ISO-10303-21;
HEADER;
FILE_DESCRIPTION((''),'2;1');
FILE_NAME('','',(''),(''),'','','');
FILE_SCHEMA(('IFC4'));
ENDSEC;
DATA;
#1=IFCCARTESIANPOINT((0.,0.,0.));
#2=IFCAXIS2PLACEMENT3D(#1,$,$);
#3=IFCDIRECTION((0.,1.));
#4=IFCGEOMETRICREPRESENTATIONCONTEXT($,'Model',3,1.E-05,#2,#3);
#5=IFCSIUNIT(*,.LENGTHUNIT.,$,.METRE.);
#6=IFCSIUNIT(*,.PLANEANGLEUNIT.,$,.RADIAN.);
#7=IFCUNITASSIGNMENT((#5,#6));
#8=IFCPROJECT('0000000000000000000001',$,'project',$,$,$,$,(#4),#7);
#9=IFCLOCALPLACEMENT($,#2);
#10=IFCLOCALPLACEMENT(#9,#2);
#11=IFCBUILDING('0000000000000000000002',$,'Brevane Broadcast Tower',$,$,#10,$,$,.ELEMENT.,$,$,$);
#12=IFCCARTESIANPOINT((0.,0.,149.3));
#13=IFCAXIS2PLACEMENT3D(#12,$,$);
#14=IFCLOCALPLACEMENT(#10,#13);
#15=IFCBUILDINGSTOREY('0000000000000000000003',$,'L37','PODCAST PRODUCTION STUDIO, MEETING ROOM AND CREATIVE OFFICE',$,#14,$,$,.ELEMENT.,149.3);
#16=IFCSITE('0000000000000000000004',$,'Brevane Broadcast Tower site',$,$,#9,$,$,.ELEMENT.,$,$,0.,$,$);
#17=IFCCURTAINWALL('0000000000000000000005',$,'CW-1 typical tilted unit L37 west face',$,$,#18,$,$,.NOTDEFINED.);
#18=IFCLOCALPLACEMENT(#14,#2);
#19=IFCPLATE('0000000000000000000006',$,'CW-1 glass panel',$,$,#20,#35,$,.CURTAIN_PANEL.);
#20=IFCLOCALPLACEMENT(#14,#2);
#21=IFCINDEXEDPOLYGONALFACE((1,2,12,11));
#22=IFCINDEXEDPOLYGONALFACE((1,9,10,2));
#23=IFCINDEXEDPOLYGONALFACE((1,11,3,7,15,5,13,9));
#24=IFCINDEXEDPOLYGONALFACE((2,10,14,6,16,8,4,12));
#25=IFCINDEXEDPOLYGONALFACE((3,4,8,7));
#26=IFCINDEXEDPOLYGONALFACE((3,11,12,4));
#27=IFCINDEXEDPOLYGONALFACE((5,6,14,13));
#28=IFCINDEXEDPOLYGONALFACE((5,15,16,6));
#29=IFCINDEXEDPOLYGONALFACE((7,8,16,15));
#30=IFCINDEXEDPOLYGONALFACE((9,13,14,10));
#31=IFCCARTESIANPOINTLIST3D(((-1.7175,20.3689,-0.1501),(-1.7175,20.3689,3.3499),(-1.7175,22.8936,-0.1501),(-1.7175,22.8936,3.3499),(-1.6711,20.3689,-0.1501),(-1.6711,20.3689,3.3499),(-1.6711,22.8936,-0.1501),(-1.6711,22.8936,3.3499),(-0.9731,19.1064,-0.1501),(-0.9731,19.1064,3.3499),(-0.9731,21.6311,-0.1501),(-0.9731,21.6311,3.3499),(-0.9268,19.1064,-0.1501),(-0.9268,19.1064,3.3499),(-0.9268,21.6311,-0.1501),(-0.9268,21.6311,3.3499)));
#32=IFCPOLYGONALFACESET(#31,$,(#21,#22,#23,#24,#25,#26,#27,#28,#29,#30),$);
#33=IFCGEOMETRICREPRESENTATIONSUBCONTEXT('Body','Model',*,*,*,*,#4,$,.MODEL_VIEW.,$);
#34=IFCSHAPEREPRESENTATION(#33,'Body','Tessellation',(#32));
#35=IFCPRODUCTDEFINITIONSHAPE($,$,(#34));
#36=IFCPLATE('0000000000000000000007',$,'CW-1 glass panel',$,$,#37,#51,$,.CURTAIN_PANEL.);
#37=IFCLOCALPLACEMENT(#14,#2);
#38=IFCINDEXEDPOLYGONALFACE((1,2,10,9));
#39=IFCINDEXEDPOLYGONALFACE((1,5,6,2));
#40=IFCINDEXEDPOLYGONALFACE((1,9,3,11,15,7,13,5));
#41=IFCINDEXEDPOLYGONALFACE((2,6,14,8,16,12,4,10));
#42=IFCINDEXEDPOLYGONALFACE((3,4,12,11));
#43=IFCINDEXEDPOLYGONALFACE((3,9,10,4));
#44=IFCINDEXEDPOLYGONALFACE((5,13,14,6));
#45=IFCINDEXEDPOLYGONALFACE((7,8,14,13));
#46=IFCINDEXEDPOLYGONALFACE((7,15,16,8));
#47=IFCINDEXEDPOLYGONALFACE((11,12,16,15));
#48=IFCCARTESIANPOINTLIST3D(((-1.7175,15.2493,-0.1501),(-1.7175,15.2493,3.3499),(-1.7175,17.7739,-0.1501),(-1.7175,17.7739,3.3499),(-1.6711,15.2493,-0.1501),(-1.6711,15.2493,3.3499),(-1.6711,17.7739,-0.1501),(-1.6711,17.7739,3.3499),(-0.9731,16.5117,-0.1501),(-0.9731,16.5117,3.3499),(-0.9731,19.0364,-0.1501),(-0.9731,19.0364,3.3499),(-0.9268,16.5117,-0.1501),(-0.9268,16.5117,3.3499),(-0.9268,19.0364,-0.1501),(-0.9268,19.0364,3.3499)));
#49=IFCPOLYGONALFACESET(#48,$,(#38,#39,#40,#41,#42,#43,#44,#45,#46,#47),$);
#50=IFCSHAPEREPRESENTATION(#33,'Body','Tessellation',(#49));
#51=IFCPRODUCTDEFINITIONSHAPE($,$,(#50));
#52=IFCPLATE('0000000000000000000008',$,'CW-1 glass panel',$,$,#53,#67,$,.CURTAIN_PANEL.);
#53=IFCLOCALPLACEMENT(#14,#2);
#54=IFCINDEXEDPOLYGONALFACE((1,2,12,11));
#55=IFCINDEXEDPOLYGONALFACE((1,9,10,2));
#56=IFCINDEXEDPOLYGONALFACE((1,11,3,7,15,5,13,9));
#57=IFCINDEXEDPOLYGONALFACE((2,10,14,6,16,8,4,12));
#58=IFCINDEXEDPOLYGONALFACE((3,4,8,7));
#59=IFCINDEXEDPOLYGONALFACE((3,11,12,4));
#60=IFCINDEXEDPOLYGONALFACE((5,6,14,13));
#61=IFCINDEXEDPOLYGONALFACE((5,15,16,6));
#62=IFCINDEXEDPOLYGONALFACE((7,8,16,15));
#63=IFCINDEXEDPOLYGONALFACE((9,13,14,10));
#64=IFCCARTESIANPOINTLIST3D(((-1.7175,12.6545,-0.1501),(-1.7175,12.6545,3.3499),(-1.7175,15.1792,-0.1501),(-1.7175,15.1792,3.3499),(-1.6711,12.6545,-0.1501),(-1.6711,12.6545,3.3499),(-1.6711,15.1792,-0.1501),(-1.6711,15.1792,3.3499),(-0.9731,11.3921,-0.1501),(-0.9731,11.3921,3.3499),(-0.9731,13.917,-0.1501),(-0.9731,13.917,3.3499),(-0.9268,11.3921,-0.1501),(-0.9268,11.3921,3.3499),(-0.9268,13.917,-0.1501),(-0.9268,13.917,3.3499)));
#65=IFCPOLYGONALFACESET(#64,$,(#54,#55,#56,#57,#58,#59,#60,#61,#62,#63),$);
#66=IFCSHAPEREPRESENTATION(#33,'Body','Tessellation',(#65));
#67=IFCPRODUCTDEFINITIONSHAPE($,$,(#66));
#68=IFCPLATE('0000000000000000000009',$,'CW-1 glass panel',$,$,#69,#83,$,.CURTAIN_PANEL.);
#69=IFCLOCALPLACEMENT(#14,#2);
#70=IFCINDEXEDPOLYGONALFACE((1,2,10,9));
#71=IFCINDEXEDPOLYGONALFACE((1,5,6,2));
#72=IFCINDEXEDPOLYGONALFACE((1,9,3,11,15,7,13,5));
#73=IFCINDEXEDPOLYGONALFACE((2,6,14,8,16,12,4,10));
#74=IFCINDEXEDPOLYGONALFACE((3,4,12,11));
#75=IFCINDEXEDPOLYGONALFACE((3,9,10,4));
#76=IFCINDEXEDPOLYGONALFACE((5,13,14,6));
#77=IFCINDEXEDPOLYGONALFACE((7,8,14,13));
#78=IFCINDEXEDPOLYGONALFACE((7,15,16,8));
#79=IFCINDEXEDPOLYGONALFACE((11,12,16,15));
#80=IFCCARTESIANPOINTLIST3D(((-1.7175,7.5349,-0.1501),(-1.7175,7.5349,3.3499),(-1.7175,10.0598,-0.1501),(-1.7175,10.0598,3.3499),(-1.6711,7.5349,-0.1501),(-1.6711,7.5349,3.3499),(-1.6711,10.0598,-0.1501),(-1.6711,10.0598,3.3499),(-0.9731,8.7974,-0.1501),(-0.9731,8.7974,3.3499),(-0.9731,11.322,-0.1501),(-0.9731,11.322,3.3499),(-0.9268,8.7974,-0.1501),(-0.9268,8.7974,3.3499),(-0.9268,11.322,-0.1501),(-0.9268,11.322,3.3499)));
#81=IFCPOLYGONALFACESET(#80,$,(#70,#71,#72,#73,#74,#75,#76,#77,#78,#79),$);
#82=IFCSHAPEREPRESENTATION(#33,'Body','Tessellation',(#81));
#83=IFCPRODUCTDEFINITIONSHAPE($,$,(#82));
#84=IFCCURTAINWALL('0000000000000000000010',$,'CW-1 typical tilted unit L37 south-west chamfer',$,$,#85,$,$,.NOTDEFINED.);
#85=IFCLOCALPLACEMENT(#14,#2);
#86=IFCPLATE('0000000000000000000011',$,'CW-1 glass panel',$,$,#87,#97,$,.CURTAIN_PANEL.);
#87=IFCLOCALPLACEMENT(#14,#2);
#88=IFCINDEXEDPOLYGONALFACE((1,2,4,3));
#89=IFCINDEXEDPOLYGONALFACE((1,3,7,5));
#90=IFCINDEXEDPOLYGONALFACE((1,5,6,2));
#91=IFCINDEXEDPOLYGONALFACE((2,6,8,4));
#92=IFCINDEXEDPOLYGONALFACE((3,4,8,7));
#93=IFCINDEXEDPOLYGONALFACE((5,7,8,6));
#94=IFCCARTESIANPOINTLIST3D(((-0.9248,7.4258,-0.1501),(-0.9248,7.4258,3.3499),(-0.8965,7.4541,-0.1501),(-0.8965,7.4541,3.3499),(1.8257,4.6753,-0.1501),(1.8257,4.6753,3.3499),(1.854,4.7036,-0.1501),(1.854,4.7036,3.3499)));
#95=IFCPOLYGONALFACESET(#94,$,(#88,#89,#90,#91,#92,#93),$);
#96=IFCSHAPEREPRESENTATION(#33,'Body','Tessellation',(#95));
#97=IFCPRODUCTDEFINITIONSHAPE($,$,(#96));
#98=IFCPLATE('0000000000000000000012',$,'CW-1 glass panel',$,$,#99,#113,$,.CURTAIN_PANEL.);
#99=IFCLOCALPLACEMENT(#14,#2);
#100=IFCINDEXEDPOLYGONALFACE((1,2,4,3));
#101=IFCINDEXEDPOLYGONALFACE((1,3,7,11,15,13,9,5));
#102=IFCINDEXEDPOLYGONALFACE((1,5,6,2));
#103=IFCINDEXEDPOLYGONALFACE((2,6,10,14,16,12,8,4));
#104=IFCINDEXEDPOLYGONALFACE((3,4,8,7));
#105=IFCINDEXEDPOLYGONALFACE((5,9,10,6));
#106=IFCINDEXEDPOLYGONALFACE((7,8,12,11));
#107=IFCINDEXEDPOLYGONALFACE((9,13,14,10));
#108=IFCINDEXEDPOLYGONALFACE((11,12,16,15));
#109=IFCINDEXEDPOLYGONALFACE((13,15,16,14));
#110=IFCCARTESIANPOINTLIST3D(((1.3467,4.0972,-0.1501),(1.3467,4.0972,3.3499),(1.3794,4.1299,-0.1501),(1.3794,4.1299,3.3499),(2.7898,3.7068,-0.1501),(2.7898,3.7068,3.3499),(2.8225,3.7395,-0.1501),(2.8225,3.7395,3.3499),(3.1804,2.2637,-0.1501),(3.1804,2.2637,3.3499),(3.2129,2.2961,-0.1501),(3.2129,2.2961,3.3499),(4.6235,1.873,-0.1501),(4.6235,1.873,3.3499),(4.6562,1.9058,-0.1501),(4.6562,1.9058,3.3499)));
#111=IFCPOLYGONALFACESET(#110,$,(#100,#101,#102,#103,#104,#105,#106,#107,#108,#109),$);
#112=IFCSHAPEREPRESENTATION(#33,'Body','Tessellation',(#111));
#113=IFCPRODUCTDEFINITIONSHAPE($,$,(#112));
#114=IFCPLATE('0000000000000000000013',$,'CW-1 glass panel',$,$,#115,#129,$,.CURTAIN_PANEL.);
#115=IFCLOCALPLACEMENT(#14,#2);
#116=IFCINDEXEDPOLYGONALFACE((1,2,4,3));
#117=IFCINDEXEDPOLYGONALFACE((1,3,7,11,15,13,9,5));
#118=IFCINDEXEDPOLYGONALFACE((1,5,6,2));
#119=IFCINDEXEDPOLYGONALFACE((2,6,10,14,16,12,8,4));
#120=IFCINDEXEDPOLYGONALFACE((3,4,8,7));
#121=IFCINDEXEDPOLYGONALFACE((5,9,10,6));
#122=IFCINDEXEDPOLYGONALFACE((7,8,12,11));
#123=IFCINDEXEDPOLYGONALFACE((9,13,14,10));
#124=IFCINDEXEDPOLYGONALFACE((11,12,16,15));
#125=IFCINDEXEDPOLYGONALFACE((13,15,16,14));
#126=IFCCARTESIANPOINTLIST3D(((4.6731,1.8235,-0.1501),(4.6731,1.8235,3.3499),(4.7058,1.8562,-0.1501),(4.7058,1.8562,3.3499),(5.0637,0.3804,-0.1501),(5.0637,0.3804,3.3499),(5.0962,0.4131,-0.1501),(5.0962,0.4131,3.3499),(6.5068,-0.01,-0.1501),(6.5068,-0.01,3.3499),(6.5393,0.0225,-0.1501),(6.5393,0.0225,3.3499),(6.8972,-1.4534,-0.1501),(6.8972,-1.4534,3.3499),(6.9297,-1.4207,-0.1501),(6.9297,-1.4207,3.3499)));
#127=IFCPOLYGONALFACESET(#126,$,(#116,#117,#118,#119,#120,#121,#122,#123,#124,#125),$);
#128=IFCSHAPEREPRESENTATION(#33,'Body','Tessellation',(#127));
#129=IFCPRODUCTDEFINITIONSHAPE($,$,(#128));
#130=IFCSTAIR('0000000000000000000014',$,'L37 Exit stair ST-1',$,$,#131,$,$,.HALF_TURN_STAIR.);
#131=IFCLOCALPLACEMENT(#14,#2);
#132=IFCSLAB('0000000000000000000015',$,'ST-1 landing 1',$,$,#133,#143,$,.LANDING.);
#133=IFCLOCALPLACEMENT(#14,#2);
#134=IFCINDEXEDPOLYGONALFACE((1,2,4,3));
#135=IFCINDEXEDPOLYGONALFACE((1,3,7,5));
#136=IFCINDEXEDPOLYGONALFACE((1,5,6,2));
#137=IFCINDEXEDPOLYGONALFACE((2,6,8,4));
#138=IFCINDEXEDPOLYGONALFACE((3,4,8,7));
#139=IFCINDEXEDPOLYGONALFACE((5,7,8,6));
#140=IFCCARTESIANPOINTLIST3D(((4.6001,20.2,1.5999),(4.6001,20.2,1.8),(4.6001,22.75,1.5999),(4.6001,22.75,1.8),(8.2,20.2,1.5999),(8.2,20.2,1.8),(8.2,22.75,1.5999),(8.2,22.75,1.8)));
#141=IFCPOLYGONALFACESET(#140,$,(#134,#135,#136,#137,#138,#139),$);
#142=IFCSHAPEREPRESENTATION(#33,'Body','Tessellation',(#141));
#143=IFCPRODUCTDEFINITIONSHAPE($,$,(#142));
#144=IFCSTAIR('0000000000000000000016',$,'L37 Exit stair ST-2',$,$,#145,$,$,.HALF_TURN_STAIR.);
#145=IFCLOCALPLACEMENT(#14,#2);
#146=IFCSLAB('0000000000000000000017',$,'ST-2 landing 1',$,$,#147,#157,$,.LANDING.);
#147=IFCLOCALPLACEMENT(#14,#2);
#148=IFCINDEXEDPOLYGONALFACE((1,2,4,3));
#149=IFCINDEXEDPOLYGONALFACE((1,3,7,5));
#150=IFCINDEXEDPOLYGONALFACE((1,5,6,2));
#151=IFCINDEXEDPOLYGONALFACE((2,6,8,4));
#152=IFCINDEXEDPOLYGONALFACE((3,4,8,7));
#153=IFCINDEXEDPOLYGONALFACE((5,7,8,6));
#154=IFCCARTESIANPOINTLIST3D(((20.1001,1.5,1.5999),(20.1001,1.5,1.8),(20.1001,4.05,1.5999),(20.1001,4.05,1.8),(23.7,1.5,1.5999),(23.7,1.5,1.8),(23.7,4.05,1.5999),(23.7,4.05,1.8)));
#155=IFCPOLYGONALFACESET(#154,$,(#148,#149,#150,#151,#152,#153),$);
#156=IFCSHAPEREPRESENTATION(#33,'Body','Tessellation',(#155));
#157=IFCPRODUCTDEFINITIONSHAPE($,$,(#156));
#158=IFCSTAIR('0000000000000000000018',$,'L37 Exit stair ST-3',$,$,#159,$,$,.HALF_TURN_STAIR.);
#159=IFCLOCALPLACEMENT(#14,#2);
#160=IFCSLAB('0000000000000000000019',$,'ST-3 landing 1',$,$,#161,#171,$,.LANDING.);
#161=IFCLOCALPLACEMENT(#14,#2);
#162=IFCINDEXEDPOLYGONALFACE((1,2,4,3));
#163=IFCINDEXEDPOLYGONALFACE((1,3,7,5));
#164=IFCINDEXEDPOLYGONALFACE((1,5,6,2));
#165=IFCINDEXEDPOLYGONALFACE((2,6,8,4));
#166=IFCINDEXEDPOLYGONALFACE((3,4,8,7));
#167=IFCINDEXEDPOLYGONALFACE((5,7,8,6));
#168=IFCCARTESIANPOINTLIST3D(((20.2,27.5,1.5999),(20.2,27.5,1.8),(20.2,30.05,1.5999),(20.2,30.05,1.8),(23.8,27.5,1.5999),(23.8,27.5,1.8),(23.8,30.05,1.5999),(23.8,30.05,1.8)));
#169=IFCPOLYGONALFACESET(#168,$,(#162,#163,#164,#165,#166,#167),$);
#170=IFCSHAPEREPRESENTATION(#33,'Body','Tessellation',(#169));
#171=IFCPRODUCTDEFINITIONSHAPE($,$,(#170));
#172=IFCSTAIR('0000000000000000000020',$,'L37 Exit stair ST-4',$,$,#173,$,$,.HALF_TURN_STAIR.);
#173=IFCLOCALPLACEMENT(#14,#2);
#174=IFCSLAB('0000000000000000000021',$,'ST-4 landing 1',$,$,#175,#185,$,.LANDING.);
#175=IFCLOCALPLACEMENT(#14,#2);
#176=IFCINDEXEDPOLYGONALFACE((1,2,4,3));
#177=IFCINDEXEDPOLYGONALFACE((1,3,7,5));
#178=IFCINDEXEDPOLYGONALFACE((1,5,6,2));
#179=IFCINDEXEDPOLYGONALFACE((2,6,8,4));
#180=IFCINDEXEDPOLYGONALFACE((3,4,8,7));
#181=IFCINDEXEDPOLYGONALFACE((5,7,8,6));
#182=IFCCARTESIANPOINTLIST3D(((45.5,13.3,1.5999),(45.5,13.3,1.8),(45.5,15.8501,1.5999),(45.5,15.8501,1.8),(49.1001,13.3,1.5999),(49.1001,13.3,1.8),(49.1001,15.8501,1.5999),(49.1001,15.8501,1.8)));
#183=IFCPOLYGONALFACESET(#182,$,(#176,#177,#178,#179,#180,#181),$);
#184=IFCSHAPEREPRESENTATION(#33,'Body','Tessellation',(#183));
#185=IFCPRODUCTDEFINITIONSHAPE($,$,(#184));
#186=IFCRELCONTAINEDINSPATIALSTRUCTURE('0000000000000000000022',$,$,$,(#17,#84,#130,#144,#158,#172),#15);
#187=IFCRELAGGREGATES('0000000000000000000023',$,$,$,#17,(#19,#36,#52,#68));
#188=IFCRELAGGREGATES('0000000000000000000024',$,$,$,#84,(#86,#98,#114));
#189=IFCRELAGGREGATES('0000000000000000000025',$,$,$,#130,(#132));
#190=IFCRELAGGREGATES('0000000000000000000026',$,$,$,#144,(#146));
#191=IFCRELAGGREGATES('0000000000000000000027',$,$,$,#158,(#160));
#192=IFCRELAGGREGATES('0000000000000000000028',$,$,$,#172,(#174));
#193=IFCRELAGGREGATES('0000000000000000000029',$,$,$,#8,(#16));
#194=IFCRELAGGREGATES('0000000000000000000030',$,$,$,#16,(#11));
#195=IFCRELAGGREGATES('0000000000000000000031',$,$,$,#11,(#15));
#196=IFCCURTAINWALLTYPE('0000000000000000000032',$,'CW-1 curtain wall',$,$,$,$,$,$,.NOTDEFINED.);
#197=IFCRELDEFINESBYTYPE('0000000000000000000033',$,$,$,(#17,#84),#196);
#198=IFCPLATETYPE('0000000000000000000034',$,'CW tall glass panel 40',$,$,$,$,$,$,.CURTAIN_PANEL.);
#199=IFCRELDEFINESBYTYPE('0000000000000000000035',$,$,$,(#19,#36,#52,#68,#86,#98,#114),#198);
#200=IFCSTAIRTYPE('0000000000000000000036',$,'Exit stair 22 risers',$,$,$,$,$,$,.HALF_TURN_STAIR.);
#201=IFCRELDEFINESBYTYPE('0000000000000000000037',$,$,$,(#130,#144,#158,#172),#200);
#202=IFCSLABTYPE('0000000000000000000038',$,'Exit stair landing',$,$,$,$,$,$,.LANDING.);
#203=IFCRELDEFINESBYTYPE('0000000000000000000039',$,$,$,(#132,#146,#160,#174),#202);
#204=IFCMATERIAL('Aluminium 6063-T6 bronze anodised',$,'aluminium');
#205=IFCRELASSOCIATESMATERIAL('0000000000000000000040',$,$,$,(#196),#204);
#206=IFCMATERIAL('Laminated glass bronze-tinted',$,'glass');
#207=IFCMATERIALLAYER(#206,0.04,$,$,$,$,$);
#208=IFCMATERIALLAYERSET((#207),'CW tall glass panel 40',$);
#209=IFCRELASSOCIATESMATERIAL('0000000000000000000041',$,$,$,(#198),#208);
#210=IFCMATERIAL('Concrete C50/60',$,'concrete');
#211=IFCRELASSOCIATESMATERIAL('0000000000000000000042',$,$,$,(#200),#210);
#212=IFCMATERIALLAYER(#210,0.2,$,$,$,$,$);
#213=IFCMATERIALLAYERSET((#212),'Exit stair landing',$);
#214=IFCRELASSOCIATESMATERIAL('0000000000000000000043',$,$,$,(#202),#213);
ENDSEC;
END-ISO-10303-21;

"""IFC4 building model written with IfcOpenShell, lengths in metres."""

from ifc_helpers import new_model, si_unit, direction, frame, origin, place, context, subcontext, project, spatial, polyline, outline, extrude, material, layer, layer_set, type_object, element, aggregate, save


model = new_model("IFC4")

# Units and contexts
model_context = context("Model", 3, precision=1e-05, world=origin(), true_north=direction((0.0, 1.0)))
body_context = subcontext(model_context, "Body", "Model", "MODEL_VIEW")
ifc_project = project(units=[si_unit("LENGTHUNIT", "METRE"), si_unit("PLANEANGLEUNIT", "RADIAN")], contexts=[model_context])

# Site, building, storey
site_placement = place(None, origin())
site = spatial("IfcSite", under=ifc_project, at=site_placement, Name="Brevane Broadcast Tower site", CompositionType="ELEMENT", RefElevation=0.0)
building_placement = place(site_placement, origin())
building = spatial("IfcBuilding", under=site, at=building_placement, Name="Brevane Broadcast Tower", CompositionType="ELEMENT")
storey_placement = place(building_placement, frame((0.0, 0.0, 149.3)))
storey = spatial("IfcBuildingStorey", under=building, at=storey_placement, Name="L37", Description="PODCAST PRODUCTION STUDIO, MEETING ROOM AND CREATIVE OFFICE", CompositionType="ELEMENT", Elevation=149.3)

# Shared definitions
ifc_material_1 = material(Name="Aluminium 6063-T6 bronze anodised", Category="aluminium")
curtain_wall_type = type_object("IfcCurtainWallType", Name="CW-1 curtain wall", PredefinedType="NOTDEFINED", material=ifc_material_1)
ifc_material_2 = material(Name="Laminated glass bronze-tinted", Category="glass")
ifc_layer_1 = layer(ifc_material_2, 0.04)
ifc_layer_set_1 = layer_set([ifc_layer_1], Name="CW tall glass panel 40")
plate_type = type_object("IfcPlateType", Name="CW tall glass panel 40", PredefinedType="CURTAIN_PANEL", material=ifc_layer_set_1)

# Curtain walls, plates
curtain_wall_1_placement = place(storey_placement, origin())
curtain_wall_1 = element("IfcCurtainWall", 1, at=curtain_wall_1_placement, inside=storey, type_object=curtain_wall_type, Name="CW-1 typical tilted unit L37 west face", PredefinedType="NOTDEFINED")
plate_1_placement = place(storey_placement, frame((0.0, 0.0, -0.1501)))
plate_1 = element("IfcPlate", 2, at=plate_1_placement, type_object=plate_type, Name="CW-1 glass panel", PredefinedType="CURTAIN_PANEL", context=body_context, shape_type="SweptSolid", body=[
    extrude(outline(polyline([(-1.6711, 22.8936), (-1.7175, 22.8936), (-0.9731, 21.6311), (-1.7175, 20.3689), (-0.9731, 19.1064), (-0.9268, 19.1064), (-1.6711, 20.3689), (-0.9268, 21.6311), (-1.6711, 22.8936)])), origin(), (0.0, 0.0, 1.0), 3.5),
])
plate_2_placement = place(storey_placement, frame((0.0, 0.0, -0.1501)))
plate_2 = element("IfcPlate", 3, at=plate_2_placement, type_object=plate_type, Name="CW-1 glass panel", PredefinedType="CURTAIN_PANEL", context=body_context, shape_type="SweptSolid", body=[
    extrude(outline(polyline([(-0.9268, 19.0364), (-0.9731, 19.0364), (-1.7175, 17.7739), (-0.9731, 16.5117), (-1.7175, 15.2493), (-1.6711, 15.2493), (-0.9268, 16.5117), (-1.6711, 17.7739), (-0.9268, 19.0364)])), origin(), (0.0, 0.0, 1.0), 3.5),
])
plate_3_placement = place(storey_placement, frame((0.0, 0.0, -0.1501)))
plate_3 = element("IfcPlate", 4, at=plate_3_placement, type_object=plate_type, Name="CW-1 glass panel", PredefinedType="CURTAIN_PANEL", context=body_context, shape_type="SweptSolid", body=[
    extrude(outline(polyline([(-1.6711, 15.1792), (-1.7175, 15.1792), (-0.9731, 13.917), (-1.7175, 12.6545), (-0.9731, 11.3921), (-0.9268, 11.3921), (-1.6711, 12.6545), (-0.9268, 13.917), (-1.6711, 15.1792)])), origin(), (0.0, 0.0, 1.0), 3.5),
])
plate_4_placement = place(storey_placement, frame((0.0, 0.0, -0.1501)))
plate_4 = element("IfcPlate", 5, at=plate_4_placement, type_object=plate_type, Name="CW-1 glass panel", PredefinedType="CURTAIN_PANEL", context=body_context, shape_type="SweptSolid", body=[
    extrude(outline(polyline([(-0.9268, 11.322), (-0.9731, 11.322), (-1.7175, 10.0598), (-0.9731, 8.7974), (-1.7175, 7.5349), (-1.6711, 7.5349), (-0.9268, 8.7974), (-1.6711, 10.0598), (-0.9268, 11.322)])), origin(), (0.0, 0.0, 1.0), 3.5),
])
aggregate(curtain_wall_1, [plate_1, plate_2, plate_3, plate_4])
curtain_wall_2_placement = place(storey_placement, origin())
curtain_wall_2 = element("IfcCurtainWall", 6, at=curtain_wall_2_placement, inside=storey, type_object=curtain_wall_type, Name="CW-1 typical tilted unit L37 south-west chamfer", PredefinedType="NOTDEFINED")
plate_5_placement = place(storey_placement, frame((0.0, 0.0, -0.1501)))
plate_5 = element("IfcPlate", 7, at=plate_5_placement, type_object=plate_type, Name="CW-1 glass panel", PredefinedType="CURTAIN_PANEL", context=body_context, shape_type="SweptSolid", body=[
    extrude(outline(polyline([(-0.8965, 7.4541), (1.854, 4.7036), (1.8257, 4.6753), (-0.9248, 7.4258), (-0.8965, 7.4541)])), origin(), (0.0, 0.0, 1.0), 3.5),
])
plate_6_placement = place(storey_placement, frame((0.0, 0.0, -0.1501)))
plate_6 = element("IfcPlate", 8, at=plate_6_placement, type_object=plate_type, Name="CW-1 glass panel", PredefinedType="CURTAIN_PANEL", context=body_context, shape_type="SweptSolid", body=[
    extrude(outline(polyline([(1.3794, 4.1299), (1.3467, 4.0972), (2.7898, 3.7068), (3.1804, 2.2637), (4.6235, 1.873), (4.6562, 1.9058), (3.2129, 2.2961), (2.8225, 3.7395), (1.3794, 4.1299)])), origin(), (0.0, 0.0, 1.0), 3.5),
])
plate_7_placement = place(storey_placement, frame((0.0, 0.0, -0.1501)))
plate_7 = element("IfcPlate", 9, at=plate_7_placement, type_object=plate_type, Name="CW-1 glass panel", PredefinedType="CURTAIN_PANEL", context=body_context, shape_type="SweptSolid", body=[
    extrude(outline(polyline([(4.7058, 1.8562), (4.6731, 1.8235), (5.0637, 0.3804), (6.5068, -0.01), (6.8972, -1.4534), (6.9297, -1.4207), (6.5393, 0.0225), (5.0962, 0.4131), (4.7058, 1.8562)])), origin(), (0.0, 0.0, 1.0), 3.5),
])
aggregate(curtain_wall_2, [plate_5, plate_6, plate_7])

# Stairs, slabs
ifc_material_3 = material(Name="Concrete C50/60", Category="concrete")
stair_type = type_object("IfcStairType", Name="Exit stair 22 risers", PredefinedType="HALF_TURN_STAIR", material=ifc_material_3)
stair_1_placement = place(storey_placement, origin())
stair_1 = element("IfcStair", 10, at=stair_1_placement, inside=storey, type_object=stair_type, Name="L37 Exit stair ST-1", PredefinedType="HALF_TURN_STAIR")
ifc_layer_2 = layer(ifc_material_3, 0.2)
ifc_layer_set_2 = layer_set([ifc_layer_2], Name="Exit stair landing")
slab_type_1 = type_object("IfcSlabType", Name="Exit stair landing", PredefinedType="LANDING", material=ifc_layer_set_2)
slab_1_placement = place(storey_placement, frame((0.0, 0.0, 1.5999)))
slab_1 = element("IfcSlab", 11, at=slab_1_placement, type_object=slab_type_1, Name="ST-1 landing 1", PredefinedType="LANDING", context=body_context, shape_type="SweptSolid", body=[
    extrude(outline(polyline([(4.6001, 20.2), (8.2, 20.2), (8.2, 22.75), (4.6001, 22.75), (4.6001, 20.2)])), origin(), (0.0, 0.0, 1.0), 0.2002),
])
aggregate(stair_1, [slab_1])
stair_2_placement = place(storey_placement, origin())
stair_2 = element("IfcStair", 12, at=stair_2_placement, inside=storey, type_object=stair_type, Name="L37 Exit stair ST-2", PredefinedType="HALF_TURN_STAIR")
slab_2_placement = place(storey_placement, frame((0.0, 0.0, 1.5999)))
slab_2 = element("IfcSlab", 13, at=slab_2_placement, type_object=slab_type_1, Name="ST-2 landing 1", PredefinedType="LANDING", context=body_context, shape_type="SweptSolid", body=[
    extrude(outline(polyline([(20.1001, 1.5), (23.7, 1.5), (23.7, 4.05), (20.1001, 4.05), (20.1001, 1.5)])), origin(), (0.0, 0.0, 1.0), 0.2002),
])
aggregate(stair_2, [slab_2])
stair_3_placement = place(storey_placement, origin())
stair_3 = element("IfcStair", 14, at=stair_3_placement, inside=storey, type_object=stair_type, Name="L37 Exit stair ST-3", PredefinedType="HALF_TURN_STAIR")
slab_3_placement = place(storey_placement, frame((0.0, 0.0, 1.5999)))
slab_3 = element("IfcSlab", 15, at=slab_3_placement, type_object=slab_type_1, Name="ST-3 landing 1", PredefinedType="LANDING", context=body_context, shape_type="SweptSolid", body=[
    extrude(outline(polyline([(20.2, 27.5), (23.8, 27.5), (23.8, 30.05), (20.2, 30.05), (20.2, 27.5)])), origin(), (0.0, 0.0, 1.0), 0.2002),
])
aggregate(stair_3, [slab_3])
stair_4_placement = place(storey_placement, origin())
stair_4 = element("IfcStair", 16, at=stair_4_placement, inside=storey, type_object=stair_type, Name="L37 Exit stair ST-4", PredefinedType="HALF_TURN_STAIR")
slab_4_placement = place(storey_placement, frame((0.0, 0.0, 1.5999)))
slab_4 = element("IfcSlab", 17, at=slab_4_placement, type_object=slab_type_1, Name="ST-4 landing 1", PredefinedType="LANDING", context=body_context, shape_type="SweptSolid", body=[
    extrude(outline(polyline([(45.5, 13.3), (49.1001, 13.3), (49.1001, 15.8501), (45.5, 15.8501), (45.5, 13.3)])), origin(), (0.0, 0.0, 1.0), 0.2002),
])
aggregate(stair_4, [slab_4])

save(model, "model.ifc")
